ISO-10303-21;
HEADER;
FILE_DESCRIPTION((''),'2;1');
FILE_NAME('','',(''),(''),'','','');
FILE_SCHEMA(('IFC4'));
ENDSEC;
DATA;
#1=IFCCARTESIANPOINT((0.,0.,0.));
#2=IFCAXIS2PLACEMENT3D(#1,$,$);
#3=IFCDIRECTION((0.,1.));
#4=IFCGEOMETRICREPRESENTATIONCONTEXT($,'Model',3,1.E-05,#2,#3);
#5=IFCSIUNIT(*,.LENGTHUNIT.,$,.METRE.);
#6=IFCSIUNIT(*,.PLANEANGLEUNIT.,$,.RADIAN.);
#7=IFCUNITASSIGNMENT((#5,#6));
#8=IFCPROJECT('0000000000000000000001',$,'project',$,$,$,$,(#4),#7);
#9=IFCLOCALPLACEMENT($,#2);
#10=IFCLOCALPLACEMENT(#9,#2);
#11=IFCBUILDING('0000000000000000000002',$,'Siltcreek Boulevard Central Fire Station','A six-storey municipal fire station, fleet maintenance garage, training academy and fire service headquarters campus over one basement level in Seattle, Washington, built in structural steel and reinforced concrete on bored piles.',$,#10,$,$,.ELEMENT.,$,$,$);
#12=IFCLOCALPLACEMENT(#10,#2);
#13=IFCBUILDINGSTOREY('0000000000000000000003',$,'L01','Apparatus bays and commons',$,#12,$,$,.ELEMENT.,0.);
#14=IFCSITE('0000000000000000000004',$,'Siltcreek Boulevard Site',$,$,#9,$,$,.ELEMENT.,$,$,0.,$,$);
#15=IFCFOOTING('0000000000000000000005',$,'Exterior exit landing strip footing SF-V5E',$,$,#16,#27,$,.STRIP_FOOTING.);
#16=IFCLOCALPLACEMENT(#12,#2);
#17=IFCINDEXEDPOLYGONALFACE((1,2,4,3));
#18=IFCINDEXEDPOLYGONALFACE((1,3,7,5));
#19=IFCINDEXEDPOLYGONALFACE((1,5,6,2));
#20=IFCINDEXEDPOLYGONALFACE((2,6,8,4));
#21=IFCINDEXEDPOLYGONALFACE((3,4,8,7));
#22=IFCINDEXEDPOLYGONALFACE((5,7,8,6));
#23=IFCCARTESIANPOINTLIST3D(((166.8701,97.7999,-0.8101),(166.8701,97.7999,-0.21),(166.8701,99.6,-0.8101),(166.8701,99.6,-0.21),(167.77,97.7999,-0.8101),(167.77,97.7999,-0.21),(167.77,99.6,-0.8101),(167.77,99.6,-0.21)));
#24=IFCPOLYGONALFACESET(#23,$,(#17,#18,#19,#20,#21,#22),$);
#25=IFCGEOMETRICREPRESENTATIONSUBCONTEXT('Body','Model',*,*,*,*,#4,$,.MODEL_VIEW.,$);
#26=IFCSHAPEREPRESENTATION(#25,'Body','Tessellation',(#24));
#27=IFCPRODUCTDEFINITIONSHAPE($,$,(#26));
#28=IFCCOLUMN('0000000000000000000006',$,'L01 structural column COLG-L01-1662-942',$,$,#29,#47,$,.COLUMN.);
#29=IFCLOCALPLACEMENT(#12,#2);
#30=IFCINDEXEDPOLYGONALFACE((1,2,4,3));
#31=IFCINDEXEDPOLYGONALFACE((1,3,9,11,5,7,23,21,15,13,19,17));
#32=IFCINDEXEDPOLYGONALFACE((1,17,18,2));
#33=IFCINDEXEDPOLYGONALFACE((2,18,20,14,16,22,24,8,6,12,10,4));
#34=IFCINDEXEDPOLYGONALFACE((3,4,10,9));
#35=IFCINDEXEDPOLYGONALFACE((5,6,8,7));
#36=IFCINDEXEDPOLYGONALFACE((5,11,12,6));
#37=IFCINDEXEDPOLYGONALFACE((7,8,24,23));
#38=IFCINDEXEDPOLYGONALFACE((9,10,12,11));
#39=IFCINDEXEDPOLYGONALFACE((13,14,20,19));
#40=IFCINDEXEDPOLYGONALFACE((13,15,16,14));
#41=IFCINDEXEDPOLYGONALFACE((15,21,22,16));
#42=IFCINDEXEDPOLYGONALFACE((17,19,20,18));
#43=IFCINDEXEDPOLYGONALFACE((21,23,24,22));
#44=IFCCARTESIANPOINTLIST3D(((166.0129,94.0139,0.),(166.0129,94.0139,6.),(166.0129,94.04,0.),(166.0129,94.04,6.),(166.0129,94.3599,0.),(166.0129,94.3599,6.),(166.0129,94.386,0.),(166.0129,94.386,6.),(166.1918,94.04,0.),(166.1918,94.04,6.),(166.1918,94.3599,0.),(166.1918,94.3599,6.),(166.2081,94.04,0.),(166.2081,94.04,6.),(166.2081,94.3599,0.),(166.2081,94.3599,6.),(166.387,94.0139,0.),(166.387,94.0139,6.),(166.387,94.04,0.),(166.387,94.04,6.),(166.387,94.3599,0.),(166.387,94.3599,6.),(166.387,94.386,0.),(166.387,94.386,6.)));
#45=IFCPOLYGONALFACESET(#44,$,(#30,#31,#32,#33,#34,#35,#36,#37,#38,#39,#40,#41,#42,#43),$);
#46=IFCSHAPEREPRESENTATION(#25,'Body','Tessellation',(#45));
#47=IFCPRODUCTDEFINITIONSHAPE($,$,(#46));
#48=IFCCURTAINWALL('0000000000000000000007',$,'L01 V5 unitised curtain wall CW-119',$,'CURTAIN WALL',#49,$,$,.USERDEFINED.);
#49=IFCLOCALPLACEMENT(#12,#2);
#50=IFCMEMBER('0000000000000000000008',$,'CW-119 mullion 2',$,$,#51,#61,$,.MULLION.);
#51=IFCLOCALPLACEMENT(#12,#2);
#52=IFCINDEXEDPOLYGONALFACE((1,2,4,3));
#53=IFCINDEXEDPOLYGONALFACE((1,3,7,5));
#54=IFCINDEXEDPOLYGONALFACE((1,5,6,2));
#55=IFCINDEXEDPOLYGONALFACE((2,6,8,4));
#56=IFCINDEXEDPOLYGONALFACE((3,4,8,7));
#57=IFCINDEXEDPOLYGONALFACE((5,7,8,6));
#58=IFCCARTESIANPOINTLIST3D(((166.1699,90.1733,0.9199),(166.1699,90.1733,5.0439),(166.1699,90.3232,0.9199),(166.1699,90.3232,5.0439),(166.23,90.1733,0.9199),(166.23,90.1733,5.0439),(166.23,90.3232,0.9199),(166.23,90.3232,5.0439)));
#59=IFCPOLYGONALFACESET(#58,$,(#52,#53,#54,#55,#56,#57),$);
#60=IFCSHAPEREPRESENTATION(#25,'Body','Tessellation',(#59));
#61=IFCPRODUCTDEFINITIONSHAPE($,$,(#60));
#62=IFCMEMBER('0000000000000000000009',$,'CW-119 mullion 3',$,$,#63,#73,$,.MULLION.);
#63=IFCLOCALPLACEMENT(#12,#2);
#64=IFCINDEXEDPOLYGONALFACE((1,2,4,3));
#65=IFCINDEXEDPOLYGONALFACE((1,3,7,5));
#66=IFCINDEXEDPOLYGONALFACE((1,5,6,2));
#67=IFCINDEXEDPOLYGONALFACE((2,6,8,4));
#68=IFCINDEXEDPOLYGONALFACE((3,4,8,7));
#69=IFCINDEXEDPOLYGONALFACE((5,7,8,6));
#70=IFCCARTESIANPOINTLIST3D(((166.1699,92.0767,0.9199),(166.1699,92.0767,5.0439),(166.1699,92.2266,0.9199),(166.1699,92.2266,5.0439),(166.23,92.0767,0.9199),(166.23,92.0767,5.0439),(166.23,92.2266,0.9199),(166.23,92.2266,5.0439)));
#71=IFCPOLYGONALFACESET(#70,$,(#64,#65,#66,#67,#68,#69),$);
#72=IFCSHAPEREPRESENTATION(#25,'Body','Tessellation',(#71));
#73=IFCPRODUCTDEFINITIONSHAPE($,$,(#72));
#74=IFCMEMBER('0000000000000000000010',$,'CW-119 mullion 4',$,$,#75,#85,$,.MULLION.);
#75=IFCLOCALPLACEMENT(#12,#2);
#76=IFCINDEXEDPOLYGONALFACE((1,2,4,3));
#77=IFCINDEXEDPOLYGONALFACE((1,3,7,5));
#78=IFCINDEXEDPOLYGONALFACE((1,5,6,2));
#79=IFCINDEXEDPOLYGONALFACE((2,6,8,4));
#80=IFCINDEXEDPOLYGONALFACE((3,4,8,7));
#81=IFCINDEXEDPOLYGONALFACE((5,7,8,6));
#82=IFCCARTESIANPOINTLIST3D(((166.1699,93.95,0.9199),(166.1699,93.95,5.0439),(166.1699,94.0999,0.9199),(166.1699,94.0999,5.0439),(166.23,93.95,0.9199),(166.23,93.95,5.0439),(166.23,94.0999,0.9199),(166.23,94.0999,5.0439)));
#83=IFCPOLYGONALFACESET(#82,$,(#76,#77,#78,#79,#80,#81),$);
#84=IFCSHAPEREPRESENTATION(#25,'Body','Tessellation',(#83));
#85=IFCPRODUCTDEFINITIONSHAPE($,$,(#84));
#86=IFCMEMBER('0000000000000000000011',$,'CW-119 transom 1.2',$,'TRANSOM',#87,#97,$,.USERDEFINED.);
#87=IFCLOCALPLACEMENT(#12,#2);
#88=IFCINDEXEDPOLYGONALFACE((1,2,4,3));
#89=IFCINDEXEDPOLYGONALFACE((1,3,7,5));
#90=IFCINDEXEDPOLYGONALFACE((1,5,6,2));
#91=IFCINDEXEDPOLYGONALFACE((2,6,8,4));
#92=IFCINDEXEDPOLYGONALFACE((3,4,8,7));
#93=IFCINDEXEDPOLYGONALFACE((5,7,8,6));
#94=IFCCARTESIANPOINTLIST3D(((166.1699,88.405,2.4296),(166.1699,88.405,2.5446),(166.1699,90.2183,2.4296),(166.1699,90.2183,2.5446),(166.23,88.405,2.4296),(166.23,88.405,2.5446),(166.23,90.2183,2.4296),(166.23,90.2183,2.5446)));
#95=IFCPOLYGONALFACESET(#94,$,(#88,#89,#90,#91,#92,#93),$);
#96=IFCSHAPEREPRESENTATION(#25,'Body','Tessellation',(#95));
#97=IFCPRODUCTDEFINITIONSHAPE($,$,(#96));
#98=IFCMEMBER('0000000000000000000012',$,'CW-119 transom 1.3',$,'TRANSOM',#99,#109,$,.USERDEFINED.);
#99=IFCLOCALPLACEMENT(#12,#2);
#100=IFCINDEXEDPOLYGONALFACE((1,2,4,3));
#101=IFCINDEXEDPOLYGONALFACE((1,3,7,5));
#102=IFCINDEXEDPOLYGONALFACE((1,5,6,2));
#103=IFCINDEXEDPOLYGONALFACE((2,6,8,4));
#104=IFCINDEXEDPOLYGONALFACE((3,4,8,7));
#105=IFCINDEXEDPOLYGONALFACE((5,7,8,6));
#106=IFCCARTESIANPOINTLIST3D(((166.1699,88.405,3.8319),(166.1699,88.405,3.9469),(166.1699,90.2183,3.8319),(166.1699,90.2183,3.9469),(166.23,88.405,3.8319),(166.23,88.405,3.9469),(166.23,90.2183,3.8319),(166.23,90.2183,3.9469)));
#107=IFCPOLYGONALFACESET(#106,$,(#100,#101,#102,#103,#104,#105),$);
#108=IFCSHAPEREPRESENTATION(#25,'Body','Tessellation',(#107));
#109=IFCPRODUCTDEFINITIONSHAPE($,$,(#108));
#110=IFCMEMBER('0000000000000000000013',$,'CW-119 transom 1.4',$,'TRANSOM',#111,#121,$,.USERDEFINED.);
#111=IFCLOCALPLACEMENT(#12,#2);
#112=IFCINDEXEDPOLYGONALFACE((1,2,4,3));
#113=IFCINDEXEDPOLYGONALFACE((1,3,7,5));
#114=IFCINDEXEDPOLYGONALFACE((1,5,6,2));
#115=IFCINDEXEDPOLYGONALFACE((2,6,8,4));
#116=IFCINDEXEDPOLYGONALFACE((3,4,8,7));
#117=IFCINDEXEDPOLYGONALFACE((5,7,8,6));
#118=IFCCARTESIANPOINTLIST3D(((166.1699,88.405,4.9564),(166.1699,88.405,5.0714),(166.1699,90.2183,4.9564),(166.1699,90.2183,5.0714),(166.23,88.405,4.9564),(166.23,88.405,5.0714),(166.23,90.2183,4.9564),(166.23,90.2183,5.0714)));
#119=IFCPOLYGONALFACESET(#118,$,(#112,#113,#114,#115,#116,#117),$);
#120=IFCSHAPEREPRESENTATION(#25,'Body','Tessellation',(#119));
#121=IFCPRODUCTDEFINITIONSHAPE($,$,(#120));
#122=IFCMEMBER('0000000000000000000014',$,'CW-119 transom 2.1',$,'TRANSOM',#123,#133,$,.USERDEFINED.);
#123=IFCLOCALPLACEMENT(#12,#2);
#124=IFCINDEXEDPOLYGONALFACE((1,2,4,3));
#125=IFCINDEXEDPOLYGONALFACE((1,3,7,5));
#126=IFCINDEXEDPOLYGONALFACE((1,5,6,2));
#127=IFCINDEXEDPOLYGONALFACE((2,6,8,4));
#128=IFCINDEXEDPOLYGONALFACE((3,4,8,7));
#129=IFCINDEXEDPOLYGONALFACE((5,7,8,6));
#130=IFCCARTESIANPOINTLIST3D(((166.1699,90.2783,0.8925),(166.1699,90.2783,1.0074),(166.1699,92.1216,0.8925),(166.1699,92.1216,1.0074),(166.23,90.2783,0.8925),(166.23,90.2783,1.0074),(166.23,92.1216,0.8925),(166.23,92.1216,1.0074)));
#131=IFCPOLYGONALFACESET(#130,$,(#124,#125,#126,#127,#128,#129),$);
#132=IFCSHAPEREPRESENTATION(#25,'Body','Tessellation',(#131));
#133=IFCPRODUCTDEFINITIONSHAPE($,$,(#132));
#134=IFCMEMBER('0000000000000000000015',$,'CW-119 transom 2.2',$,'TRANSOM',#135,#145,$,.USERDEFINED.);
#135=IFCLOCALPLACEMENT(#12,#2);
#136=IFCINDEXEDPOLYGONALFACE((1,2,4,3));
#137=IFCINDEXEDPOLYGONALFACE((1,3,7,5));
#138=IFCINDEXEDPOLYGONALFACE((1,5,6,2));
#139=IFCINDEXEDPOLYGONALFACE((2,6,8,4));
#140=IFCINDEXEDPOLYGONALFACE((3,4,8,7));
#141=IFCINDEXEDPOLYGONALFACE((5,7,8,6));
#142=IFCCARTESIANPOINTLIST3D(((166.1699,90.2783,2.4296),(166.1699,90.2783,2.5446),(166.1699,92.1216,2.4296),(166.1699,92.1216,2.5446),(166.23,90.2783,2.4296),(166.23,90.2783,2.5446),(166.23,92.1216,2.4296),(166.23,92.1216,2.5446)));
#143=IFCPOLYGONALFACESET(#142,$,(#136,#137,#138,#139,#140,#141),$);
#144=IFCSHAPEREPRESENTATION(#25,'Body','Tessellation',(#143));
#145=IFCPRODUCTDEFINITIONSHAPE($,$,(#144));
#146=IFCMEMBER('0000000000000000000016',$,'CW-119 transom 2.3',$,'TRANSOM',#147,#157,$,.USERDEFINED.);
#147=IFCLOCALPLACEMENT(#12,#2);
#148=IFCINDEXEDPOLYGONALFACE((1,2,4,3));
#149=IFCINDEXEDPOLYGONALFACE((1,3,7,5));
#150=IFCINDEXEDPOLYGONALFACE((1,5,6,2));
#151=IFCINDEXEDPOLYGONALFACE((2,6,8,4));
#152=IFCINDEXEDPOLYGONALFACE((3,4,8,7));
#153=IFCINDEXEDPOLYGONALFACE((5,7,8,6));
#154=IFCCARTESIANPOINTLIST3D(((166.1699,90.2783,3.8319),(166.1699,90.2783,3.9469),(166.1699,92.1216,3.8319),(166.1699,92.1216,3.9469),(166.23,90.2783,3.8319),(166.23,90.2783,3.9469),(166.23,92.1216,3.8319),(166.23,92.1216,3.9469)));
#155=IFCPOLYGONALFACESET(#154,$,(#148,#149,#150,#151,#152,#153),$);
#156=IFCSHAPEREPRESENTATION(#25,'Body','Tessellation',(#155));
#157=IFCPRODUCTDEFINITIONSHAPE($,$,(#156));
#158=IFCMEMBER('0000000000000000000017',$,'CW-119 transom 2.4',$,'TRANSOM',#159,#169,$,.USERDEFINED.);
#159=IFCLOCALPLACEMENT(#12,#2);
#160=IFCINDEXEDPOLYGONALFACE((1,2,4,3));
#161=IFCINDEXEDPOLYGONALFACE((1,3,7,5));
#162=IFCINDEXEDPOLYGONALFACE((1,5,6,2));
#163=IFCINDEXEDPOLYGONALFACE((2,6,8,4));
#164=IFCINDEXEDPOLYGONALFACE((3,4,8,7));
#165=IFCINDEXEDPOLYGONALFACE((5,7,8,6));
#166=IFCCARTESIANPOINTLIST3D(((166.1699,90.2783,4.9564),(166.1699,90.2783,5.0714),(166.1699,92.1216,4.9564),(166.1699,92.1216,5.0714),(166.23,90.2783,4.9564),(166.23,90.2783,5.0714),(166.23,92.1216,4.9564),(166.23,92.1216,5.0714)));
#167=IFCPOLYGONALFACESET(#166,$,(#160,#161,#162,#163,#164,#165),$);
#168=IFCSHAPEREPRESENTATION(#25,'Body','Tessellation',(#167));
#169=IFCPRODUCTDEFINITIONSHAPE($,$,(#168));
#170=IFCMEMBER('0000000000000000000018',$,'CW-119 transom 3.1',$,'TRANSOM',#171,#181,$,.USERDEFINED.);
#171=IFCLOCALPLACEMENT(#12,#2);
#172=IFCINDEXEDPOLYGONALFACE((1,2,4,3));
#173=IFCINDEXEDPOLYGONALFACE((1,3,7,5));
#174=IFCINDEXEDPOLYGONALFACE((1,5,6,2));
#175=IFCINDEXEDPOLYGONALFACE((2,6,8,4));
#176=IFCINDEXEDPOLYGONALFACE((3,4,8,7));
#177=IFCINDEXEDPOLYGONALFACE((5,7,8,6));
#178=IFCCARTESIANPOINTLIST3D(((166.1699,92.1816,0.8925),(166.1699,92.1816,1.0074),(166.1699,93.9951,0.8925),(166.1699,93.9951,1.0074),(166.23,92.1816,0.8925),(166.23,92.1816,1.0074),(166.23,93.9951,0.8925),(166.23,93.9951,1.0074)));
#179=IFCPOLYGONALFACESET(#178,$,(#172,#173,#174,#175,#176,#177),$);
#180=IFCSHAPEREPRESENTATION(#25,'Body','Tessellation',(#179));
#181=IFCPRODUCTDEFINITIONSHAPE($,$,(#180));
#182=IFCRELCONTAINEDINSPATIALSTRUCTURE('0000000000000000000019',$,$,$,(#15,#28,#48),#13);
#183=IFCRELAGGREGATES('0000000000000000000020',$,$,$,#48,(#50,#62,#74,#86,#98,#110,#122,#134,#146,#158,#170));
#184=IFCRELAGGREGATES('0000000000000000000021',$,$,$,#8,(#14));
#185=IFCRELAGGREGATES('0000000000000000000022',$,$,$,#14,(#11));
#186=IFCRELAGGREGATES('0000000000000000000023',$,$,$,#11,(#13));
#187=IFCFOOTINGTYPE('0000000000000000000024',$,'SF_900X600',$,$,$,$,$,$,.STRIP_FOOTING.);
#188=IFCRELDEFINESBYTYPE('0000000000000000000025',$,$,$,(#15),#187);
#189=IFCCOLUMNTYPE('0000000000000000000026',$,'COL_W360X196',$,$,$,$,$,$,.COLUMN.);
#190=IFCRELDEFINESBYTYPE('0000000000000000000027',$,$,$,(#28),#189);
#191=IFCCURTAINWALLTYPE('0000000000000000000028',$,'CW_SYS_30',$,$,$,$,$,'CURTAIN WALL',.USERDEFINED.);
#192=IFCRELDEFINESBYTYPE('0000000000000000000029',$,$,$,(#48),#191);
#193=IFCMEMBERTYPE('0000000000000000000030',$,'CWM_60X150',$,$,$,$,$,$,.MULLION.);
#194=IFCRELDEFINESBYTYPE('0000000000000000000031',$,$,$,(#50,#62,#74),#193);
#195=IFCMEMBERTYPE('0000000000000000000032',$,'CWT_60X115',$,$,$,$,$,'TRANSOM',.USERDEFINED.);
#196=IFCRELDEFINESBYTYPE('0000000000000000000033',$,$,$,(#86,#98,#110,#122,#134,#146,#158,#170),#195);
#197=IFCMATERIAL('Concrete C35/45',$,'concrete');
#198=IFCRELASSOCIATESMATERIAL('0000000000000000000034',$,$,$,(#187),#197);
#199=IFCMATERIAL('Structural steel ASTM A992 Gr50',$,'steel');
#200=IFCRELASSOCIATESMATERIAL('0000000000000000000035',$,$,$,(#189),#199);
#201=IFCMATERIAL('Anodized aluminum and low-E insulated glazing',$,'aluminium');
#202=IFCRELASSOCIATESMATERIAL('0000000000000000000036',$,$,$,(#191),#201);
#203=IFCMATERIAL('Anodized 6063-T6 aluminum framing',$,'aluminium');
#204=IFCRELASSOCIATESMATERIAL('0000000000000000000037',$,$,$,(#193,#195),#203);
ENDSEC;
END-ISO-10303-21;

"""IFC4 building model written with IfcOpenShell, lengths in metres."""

from ifc_helpers import new_model, si_unit, direction, frame, origin, origin_2d, place, context, subcontext, project, spatial, rectangle, i_section, extrude, material, material_profile, profile_set, type_object, element, aggregate, save


model = new_model("IFC4")

# Units and contexts
model_context = context("Model", 3, precision=1e-05, world=origin(), true_north=direction((0.0, 1.0)))
body_context = subcontext(model_context, "Body", "Model", "MODEL_VIEW")
ifc_project = project(units=[si_unit("LENGTHUNIT", "METRE"), si_unit("PLANEANGLEUNIT", "RADIAN")], contexts=[model_context])

# Site, building, storey
site_placement = place(None, origin())
site = spatial("IfcSite", under=ifc_project, at=site_placement, Name="Siltcreek Boulevard Site", CompositionType="ELEMENT", RefElevation=0.0)
building_placement = place(site_placement, origin())
building = spatial("IfcBuilding", under=site, at=building_placement, Name="Siltcreek Boulevard Central Fire Station", Description="A six-storey municipal fire station, fleet maintenance garage, training academy and fire service headquarters campus over one basement level in Seattle, Washington, built in structural steel and reinforced concrete on bored piles.", CompositionType="ELEMENT")
storey_placement = place(building_placement, origin())
storey = spatial("IfcBuildingStorey", under=building, at=storey_placement, Name="L01", Description="Apparatus bays and commons", CompositionType="ELEMENT", Elevation=0.0)

# Footing
ifc_material_1 = material(Name="Concrete C35/45", Category="concrete")
footing_type = type_object("IfcFootingType", Name="SF_900X600", PredefinedType="STRIP_FOOTING", material=ifc_material_1)
footing_placement = place(storey_placement, frame((167.3201, 98.7, -0.8101), z_axis=(0.0, 0.0, 1.0), x_axis=(1.0, 0.0, 0.0)))
element("IfcFooting", 1, at=footing_placement, inside=storey, type_object=footing_type, Name="Exterior exit landing strip footing SF-V5E", PredefinedType="STRIP_FOOTING", context=body_context, shape_type="SweptSolid", body=[
    extrude(rectangle(XDim=0.8999, YDim=1.8, at=origin_2d()), origin(), (0.0, 0.0, 1.0), 0.6001),
])

# Column
ifc_material_2 = material(Name="Structural steel ASTM A992 Gr50", Category="steel")
ifc_material_profile_1 = material_profile(ifc_material_2, i_section(OverallWidth=0.374, OverallDepth=0.3721, WebThickness=0.0164, FlangeThickness=0.0261, at=origin_2d()), Name="W360X196")
ifc_profile_set_1 = profile_set([ifc_material_profile_1], Name="Structural steel ASTM A992 Gr50")
column_type = type_object("IfcColumnType", Name="COL_W360X196", PredefinedType="COLUMN", material=ifc_profile_set_1)
column_placement = place(storey_placement, frame((166.2, 94.2, 0.0), z_axis=(0.0, 0.0, 1.0), x_axis=(1.0, 0.0, 0.0)))
element("IfcColumn", 2, at=column_placement, inside=storey, type_object=column_type, Name="L01 structural column COLG-L01-1662-942", PredefinedType="COLUMN", context=body_context, shape_type="SweptSolid", body=[
    extrude(i_section(OverallWidth=0.374, OverallDepth=0.3721, WebThickness=0.0164, FlangeThickness=0.0261, at=origin_2d()), origin(), (0.0, 0.0, 1.0), 6.0),
])

# Curtain wall, members
ifc_material_3 = material(Name="Anodized aluminum and low-E insulated glazing", Category="aluminium")
curtain_wall_type = type_object("IfcCurtainWallType", Name="CW_SYS_30", ElementType="CURTAIN WALL", PredefinedType="USERDEFINED", material=ifc_material_3)
curtain_wall_placement = place(storey_placement, origin())
curtain_wall = element("IfcCurtainWall", 3, at=curtain_wall_placement, inside=storey, type_object=curtain_wall_type, Name="L01 V5 unitised curtain wall CW-119", ObjectType="CURTAIN WALL", PredefinedType="USERDEFINED")
ifc_material_4 = material(Name="Anodized 6063-T6 aluminum framing", Category="aluminium")
ifc_material_profile_2 = material_profile(ifc_material_4, rectangle(XDim=0.0601, YDim=0.1499, at=origin_2d()), Name="MULL60X150")
ifc_profile_set_2 = profile_set([ifc_material_profile_2], Name="Anodized 6063-T6 aluminum framing")
member_type_1 = type_object("IfcMemberType", Name="CWM_60X150", PredefinedType="MULLION", material=ifc_profile_set_2)
member_1_placement = place(storey_placement, frame((166.2, 90.2483, 0.9199), z_axis=(0.0, 0.0, 1.0), x_axis=(-1.0, 0.0, 0.0)))
member_1 = element("IfcMember", 4, at=member_1_placement, type_object=member_type_1, Name="CW-119 mullion 2", PredefinedType="MULLION", context=body_context, shape_type="SweptSolid", body=[
    extrude(rectangle(XDim=0.0601, YDim=0.1499, at=origin_2d()), origin(), (0.0, 0.0, 1.0), 4.124),
])
member_2_placement = place(storey_placement, frame((166.2, 92.1516, 0.9199), z_axis=(0.0, 0.0, 1.0), x_axis=(-1.0, 0.0, 0.0)))
member_2 = element("IfcMember", 5, at=member_2_placement, type_object=member_type_1, Name="CW-119 mullion 3", PredefinedType="MULLION", context=body_context, shape_type="SweptSolid", body=[
    extrude(rectangle(XDim=0.0601, YDim=0.1499, at=origin_2d()), origin(), (0.0, 0.0, 1.0), 4.124),
])
member_3_placement = place(storey_placement, frame((166.2, 94.0249, 0.9199), z_axis=(0.0, 0.0, 1.0), x_axis=(-1.0, 0.0, 0.0)))
member_3 = element("IfcMember", 6, at=member_3_placement, type_object=member_type_1, Name="CW-119 mullion 4", PredefinedType="MULLION", context=body_context, shape_type="SweptSolid", body=[
    extrude(rectangle(XDim=0.0601, YDim=0.1499, at=origin_2d()), origin(), (0.0, 0.0, 1.0), 4.124),
])
ifc_material_profile_3 = material_profile(ifc_material_4, rectangle(XDim=0.0601, YDim=0.115, at=origin_2d()), Name="TRAN60X115")
ifc_profile_set_3 = profile_set([ifc_material_profile_3], Name="Anodized 6063-T6 aluminum framing")
member_type_2 = type_object("IfcMemberType", Name="CWT_60X115", ElementType="TRANSOM", PredefinedType="USERDEFINED", material=ifc_profile_set_3)
member_4_placement = place(storey_placement, frame((166.2, 88.405, 2.4871), z_axis=(0.0, 1.0, 0.0), x_axis=(-1.0, 0.0, 0.0)))
member_4 = element("IfcMember", 7, at=member_4_placement, type_object=member_type_2, Name="CW-119 transom 1.2", ObjectType="TRANSOM", PredefinedType="USERDEFINED", context=body_context, shape_type="SweptSolid", body=[
    extrude(rectangle(XDim=0.0601, YDim=0.115, at=origin_2d()), origin(), (0.0, 0.0, 1.0), 1.8132),
])
member_5_placement = place(storey_placement, frame((166.2, 88.405, 3.8894), z_axis=(0.0, 1.0, 0.0), x_axis=(-1.0, 0.0, 0.0)))
member_5 = element("IfcMember", 8, at=member_5_placement, type_object=member_type_2, Name="CW-119 transom 1.3", ObjectType="TRANSOM", PredefinedType="USERDEFINED", context=body_context, shape_type="SweptSolid", body=[
    extrude(rectangle(XDim=0.0601, YDim=0.115, at=origin_2d()), origin(), (0.0, 0.0, 1.0), 1.8132),
])
member_6_placement = place(storey_placement, frame((166.2, 88.405, 5.0139), z_axis=(0.0, 1.0, 0.0), x_axis=(-1.0, 0.0, 0.0)))
member_6 = element("IfcMember", 9, at=member_6_placement, type_object=member_type_2, Name="CW-119 transom 1.4", ObjectType="TRANSOM", PredefinedType="USERDEFINED", context=body_context, shape_type="SweptSolid", body=[
    extrude(rectangle(XDim=0.0601, YDim=0.115, at=origin_2d()), origin(), (0.0, 0.0, 1.0), 1.8132),
])
member_7_placement = place(storey_placement, frame((166.2, 90.2783, 0.95), z_axis=(0.0, 1.0, 0.0), x_axis=(-1.0, 0.0, 0.0)))
member_7 = element("IfcMember", 10, at=member_7_placement, type_object=member_type_2, Name="CW-119 transom 2.1", ObjectType="TRANSOM", PredefinedType="USERDEFINED", context=body_context, shape_type="SweptSolid", body=[
    extrude(rectangle(XDim=0.0601, YDim=0.115, at=origin_2d()), origin(), (0.0, 0.0, 1.0), 1.8433),
])
member_8_placement = place(storey_placement, frame((166.2, 90.2783, 2.4871), z_axis=(0.0, 1.0, 0.0), x_axis=(-1.0, 0.0, 0.0)))
member_8 = element("IfcMember", 11, at=member_8_placement, type_object=member_type_2, Name="CW-119 transom 2.2", ObjectType="TRANSOM", PredefinedType="USERDEFINED", context=body_context, shape_type="SweptSolid", body=[
    extrude(rectangle(XDim=0.0601, YDim=0.115, at=origin_2d()), origin(), (0.0, 0.0, 1.0), 1.8433),
])
member_9_placement = place(storey_placement, frame((166.2, 90.2783, 3.8894), z_axis=(0.0, 1.0, 0.0), x_axis=(-1.0, 0.0, 0.0)))
member_9 = element("IfcMember", 12, at=member_9_placement, type_object=member_type_2, Name="CW-119 transom 2.3", ObjectType="TRANSOM", PredefinedType="USERDEFINED", context=body_context, shape_type="SweptSolid", body=[
    extrude(rectangle(XDim=0.0601, YDim=0.115, at=origin_2d()), origin(), (0.0, 0.0, 1.0), 1.8433),
])
member_10_placement = place(storey_placement, frame((166.2, 90.2783, 5.0139), z_axis=(0.0, 1.0, 0.0), x_axis=(-1.0, 0.0, 0.0)))
member_10 = element("IfcMember", 13, at=member_10_placement, type_object=member_type_2, Name="CW-119 transom 2.4", ObjectType="TRANSOM", PredefinedType="USERDEFINED", context=body_context, shape_type="SweptSolid", body=[
    extrude(rectangle(XDim=0.0601, YDim=0.115, at=origin_2d()), origin(), (0.0, 0.0, 1.0), 1.8433),
])
member_11_placement = place(storey_placement, frame((166.2, 92.1816, 0.95), z_axis=(0.0, 1.0, 0.0), x_axis=(-1.0, 0.0, 0.0)))
member_11 = element("IfcMember", 14, at=member_11_placement, type_object=member_type_2, Name="CW-119 transom 3.1", ObjectType="TRANSOM", PredefinedType="USERDEFINED", context=body_context, shape_type="SweptSolid", body=[
    extrude(rectangle(XDim=0.0601, YDim=0.115, at=origin_2d()), origin(), (0.0, 0.0, 1.0), 1.8135),
])
aggregate(curtain_wall, [member_1, member_2, member_3, member_4, member_5, member_6, member_7, member_8, member_9, member_10, member_11])

save(model, "model.ifc")
